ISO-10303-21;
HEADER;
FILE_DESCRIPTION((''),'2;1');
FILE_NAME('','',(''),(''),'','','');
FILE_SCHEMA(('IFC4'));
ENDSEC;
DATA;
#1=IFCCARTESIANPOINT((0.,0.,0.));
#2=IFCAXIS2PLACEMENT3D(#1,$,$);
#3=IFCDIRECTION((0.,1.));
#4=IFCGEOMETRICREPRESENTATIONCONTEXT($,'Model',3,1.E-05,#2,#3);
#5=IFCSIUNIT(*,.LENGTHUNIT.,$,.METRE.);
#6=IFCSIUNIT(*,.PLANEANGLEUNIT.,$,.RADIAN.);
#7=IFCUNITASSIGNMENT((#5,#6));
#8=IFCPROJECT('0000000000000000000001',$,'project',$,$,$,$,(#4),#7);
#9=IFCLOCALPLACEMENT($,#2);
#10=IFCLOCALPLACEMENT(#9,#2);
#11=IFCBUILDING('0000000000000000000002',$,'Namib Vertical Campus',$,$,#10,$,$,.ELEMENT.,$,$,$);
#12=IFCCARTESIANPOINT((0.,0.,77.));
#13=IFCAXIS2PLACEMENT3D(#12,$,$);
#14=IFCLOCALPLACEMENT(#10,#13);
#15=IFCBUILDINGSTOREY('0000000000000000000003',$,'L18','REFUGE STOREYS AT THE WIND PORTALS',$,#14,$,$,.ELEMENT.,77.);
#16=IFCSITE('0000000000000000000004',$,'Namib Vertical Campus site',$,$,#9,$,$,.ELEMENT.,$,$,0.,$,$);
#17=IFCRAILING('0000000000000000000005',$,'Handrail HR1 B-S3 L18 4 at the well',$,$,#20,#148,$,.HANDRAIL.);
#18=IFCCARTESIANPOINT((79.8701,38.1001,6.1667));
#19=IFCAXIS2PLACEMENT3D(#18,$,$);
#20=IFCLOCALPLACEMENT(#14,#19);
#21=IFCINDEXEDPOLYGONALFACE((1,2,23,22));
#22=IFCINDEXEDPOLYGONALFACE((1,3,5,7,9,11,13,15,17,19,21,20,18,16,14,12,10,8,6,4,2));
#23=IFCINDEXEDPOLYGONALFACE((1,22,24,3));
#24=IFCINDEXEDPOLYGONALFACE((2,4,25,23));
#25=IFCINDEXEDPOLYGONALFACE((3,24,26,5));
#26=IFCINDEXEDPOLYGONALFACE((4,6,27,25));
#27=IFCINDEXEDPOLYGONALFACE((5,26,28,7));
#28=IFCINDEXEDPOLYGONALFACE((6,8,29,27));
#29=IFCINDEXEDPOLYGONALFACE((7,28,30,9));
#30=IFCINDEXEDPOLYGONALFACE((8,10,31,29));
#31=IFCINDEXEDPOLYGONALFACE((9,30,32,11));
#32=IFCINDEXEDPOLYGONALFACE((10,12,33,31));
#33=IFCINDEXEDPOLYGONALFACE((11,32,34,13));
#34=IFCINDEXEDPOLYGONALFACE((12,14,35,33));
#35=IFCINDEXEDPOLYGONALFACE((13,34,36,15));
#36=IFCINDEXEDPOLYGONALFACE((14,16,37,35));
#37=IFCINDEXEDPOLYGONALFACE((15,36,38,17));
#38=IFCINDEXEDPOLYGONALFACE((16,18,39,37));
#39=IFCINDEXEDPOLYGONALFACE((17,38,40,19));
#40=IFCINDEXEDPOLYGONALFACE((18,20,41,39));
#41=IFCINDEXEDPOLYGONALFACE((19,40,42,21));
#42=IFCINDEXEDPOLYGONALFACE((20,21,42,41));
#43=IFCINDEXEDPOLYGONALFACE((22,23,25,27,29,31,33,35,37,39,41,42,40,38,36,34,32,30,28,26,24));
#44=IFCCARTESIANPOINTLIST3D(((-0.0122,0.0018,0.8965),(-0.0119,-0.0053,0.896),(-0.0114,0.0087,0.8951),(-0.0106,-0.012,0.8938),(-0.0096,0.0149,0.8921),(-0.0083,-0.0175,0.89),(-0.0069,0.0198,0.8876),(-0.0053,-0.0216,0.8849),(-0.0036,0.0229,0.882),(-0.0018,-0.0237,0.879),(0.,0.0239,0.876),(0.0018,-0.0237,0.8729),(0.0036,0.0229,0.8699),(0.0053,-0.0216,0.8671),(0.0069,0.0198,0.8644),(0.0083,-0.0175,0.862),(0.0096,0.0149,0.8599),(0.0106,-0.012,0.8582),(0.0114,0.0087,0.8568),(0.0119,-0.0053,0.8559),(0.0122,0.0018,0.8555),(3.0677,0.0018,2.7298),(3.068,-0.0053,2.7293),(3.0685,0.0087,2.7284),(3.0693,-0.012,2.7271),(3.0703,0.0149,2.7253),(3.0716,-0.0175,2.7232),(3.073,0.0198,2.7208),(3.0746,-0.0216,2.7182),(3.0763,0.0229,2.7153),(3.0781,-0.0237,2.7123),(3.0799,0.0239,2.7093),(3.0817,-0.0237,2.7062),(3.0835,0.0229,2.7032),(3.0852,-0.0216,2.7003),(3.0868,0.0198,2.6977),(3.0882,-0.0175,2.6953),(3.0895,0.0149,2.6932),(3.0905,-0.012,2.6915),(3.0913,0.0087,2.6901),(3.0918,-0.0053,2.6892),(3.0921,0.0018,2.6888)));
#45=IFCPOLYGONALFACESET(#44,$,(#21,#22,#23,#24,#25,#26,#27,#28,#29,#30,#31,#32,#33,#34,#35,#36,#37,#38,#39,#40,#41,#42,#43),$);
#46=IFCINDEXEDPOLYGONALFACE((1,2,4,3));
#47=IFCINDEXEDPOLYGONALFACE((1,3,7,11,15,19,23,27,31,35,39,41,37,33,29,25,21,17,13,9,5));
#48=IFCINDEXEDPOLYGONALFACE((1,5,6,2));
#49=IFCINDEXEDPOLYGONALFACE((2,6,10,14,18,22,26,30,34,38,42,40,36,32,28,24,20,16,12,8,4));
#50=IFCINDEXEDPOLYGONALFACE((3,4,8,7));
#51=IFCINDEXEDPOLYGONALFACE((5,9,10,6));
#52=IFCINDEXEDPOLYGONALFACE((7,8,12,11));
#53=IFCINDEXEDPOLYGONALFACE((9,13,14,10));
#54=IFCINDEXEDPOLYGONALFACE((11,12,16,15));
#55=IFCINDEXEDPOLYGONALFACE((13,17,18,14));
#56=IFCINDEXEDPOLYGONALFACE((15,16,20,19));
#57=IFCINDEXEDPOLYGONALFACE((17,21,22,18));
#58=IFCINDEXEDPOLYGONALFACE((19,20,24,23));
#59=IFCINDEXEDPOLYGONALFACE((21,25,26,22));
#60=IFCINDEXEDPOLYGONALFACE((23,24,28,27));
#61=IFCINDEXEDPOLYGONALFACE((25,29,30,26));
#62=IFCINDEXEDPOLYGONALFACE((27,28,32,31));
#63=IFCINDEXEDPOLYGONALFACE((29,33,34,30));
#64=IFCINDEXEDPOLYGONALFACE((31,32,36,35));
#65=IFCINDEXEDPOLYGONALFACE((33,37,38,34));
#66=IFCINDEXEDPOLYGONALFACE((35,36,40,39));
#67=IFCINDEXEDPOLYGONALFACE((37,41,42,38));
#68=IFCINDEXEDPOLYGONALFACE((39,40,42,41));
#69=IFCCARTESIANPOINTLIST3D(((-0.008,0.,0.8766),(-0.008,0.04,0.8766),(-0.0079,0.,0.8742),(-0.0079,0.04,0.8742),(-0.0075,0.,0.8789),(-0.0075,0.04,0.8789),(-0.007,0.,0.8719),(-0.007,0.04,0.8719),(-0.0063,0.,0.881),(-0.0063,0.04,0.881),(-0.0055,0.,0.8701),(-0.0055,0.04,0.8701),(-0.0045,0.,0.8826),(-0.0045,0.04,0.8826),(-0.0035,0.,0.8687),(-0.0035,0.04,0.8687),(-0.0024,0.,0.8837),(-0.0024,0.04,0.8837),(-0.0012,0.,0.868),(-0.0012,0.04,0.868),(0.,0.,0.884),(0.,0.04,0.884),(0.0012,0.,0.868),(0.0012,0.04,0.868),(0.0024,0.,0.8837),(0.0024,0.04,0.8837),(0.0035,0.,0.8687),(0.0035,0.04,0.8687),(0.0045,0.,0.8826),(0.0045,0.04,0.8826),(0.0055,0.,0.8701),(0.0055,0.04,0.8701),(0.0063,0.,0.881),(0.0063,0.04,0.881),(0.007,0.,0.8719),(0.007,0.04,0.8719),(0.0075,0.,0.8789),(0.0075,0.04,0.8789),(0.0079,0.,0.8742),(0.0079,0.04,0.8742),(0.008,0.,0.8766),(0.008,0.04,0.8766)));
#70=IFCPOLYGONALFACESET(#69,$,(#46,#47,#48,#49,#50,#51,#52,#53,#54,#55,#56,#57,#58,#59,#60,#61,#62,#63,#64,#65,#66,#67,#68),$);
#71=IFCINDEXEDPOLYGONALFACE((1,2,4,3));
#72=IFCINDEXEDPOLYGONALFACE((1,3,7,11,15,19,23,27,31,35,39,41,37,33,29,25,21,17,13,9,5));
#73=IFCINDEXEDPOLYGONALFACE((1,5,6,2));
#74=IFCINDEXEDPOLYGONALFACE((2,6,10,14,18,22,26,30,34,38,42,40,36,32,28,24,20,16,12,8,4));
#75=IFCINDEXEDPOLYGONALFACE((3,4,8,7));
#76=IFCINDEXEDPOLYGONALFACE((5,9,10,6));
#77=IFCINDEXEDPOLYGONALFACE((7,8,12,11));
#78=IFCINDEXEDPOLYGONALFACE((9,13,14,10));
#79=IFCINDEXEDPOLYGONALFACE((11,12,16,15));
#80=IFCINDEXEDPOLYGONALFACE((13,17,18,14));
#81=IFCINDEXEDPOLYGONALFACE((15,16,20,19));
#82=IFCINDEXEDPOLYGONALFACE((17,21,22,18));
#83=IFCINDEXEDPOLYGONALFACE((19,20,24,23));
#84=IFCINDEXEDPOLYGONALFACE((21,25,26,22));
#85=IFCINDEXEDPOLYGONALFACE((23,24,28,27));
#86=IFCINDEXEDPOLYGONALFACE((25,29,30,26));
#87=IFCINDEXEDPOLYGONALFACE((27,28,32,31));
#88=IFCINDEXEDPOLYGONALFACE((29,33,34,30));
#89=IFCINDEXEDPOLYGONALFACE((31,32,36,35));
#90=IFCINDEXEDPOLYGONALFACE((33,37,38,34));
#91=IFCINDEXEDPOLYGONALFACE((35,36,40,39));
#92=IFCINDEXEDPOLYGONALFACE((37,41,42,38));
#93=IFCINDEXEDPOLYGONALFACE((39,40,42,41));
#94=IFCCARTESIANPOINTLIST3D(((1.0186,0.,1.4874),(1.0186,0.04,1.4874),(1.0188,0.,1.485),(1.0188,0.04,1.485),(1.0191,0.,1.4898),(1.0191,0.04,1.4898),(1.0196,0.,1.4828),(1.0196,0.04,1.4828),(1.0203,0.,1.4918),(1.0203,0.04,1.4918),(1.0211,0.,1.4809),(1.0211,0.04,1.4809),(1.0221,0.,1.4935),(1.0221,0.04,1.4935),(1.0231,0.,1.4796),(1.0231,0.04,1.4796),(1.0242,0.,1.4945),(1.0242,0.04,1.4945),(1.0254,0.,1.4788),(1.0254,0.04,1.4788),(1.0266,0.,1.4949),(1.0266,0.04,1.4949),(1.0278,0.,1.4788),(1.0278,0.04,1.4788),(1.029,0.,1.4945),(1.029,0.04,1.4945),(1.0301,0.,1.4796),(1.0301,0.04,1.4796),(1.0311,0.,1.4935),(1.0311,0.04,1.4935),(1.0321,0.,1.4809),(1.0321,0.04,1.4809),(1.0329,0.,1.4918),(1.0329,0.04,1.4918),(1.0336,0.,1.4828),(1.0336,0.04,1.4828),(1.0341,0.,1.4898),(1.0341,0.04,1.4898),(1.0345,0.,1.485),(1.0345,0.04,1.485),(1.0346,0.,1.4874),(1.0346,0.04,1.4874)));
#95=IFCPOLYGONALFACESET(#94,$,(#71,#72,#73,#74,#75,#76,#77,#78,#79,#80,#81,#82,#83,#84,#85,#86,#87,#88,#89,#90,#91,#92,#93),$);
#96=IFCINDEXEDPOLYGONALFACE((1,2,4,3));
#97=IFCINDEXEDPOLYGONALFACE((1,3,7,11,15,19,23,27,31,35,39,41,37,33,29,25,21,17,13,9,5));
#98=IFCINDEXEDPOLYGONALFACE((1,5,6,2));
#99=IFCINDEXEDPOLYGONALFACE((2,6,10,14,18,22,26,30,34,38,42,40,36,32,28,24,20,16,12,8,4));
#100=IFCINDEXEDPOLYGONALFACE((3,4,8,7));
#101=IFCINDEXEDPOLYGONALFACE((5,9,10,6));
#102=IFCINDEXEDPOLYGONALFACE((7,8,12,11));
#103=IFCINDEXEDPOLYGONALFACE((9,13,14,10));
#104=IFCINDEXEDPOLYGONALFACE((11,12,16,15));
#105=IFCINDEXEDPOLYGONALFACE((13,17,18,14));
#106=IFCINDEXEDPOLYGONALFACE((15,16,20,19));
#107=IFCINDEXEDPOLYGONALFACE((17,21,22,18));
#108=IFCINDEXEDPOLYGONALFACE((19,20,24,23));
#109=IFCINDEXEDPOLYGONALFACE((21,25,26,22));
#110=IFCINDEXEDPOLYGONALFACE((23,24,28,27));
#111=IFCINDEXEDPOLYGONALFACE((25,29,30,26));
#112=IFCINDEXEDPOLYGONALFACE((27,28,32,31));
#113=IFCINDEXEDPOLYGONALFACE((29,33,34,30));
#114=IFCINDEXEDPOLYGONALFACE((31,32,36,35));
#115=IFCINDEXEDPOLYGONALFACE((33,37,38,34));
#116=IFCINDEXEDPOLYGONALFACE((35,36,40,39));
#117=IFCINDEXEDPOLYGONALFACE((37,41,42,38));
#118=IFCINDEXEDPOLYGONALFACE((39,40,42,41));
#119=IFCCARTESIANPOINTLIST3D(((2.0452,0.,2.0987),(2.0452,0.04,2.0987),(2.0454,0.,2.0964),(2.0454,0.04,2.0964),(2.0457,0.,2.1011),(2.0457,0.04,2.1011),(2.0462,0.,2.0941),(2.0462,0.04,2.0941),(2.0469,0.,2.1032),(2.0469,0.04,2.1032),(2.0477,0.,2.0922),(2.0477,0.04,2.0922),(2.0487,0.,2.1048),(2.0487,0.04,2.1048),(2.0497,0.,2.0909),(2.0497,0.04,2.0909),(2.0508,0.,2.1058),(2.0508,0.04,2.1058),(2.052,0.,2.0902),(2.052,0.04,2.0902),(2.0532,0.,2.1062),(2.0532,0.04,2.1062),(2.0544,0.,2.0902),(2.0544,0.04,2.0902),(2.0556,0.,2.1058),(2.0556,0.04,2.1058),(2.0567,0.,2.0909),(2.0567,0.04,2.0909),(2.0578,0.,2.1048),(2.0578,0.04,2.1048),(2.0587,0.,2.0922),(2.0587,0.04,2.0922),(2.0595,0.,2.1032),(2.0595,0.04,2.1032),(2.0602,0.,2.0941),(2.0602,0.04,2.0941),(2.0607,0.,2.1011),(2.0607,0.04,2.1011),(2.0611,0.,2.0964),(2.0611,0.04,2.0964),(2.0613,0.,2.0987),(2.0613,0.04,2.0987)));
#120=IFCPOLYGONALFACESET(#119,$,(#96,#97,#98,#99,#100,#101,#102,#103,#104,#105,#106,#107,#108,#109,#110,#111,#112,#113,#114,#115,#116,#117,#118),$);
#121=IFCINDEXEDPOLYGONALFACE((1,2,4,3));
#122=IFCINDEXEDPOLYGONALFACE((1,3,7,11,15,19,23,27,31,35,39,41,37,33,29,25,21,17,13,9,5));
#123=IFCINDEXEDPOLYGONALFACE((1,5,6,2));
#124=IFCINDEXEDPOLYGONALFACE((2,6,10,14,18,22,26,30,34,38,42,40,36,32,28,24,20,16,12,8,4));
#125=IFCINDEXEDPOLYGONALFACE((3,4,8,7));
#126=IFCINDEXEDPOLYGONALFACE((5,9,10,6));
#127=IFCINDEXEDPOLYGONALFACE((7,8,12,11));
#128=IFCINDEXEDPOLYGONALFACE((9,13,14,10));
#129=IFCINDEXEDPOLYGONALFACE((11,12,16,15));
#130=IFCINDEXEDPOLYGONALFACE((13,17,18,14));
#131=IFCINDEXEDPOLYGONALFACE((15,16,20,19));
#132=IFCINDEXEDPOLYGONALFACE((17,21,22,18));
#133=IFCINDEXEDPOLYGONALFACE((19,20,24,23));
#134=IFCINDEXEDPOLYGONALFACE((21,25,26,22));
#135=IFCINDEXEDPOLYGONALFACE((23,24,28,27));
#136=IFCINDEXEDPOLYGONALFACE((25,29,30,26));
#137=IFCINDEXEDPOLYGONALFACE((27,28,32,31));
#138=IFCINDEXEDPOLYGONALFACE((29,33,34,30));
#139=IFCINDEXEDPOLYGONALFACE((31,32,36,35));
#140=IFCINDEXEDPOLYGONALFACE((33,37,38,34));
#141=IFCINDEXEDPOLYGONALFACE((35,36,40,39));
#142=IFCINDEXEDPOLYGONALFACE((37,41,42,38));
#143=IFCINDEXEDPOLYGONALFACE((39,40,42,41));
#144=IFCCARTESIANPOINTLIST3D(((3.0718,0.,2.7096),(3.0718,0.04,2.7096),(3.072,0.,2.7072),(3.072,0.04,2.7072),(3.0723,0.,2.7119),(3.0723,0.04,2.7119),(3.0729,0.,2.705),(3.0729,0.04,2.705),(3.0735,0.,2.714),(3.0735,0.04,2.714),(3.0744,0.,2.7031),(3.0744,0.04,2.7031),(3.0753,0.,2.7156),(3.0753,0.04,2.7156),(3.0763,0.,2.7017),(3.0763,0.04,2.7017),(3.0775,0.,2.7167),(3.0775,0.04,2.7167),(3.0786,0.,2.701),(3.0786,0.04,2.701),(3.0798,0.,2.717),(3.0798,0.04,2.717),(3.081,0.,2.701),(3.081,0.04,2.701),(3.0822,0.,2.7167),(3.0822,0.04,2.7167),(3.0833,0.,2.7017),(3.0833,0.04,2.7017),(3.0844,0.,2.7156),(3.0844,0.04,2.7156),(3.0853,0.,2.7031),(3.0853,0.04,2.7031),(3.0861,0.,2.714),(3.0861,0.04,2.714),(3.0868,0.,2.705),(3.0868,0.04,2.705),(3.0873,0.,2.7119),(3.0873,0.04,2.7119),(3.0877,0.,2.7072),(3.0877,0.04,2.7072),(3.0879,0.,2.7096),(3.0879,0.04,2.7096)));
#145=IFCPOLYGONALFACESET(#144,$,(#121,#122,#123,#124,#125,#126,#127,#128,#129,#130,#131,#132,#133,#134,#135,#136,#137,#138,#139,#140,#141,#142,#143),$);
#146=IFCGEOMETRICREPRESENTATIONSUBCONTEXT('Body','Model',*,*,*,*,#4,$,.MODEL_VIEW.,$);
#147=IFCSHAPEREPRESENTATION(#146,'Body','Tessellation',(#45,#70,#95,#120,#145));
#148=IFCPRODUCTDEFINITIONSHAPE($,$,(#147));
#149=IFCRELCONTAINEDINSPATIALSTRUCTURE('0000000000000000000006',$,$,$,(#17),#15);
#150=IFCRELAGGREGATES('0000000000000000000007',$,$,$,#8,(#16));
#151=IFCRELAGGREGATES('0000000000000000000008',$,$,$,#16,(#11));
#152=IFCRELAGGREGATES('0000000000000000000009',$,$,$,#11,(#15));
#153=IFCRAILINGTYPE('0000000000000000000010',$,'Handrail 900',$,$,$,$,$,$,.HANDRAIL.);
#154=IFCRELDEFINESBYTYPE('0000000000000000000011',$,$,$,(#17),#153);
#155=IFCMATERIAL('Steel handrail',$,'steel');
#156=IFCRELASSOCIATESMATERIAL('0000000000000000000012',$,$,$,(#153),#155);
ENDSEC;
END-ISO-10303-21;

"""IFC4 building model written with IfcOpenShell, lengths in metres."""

from ifc_helpers import new_model, si_unit, direction, frame, origin, origin_2d, place, context, subcontext, project, spatial, circle, extrude, material, type_object, element, save


model = new_model("IFC4")

# Units and contexts
model_context = context("Model", 3, precision=1e-05, world=origin(), true_north=direction((0.0, 1.0)))
body_context = subcontext(model_context, "Body", "Model", "MODEL_VIEW")
ifc_project = project(units=[si_unit("LENGTHUNIT", "METRE"), si_unit("PLANEANGLEUNIT", "RADIAN")], contexts=[model_context])

# Site, building, storey
site_placement = place(None, origin())
site = spatial("IfcSite", under=ifc_project, at=site_placement, Name="Namib Vertical Campus site", CompositionType="ELEMENT", RefElevation=0.0)
building_placement = place(site_placement, origin())
building = spatial("IfcBuilding", under=site, at=building_placement, Name="Namib Vertical Campus", CompositionType="ELEMENT")
storey_placement = place(building_placement, frame((0.0, 0.0, 77.0)))
storey = spatial("IfcBuildingStorey", under=building, at=storey_placement, Name="L18", Description="REFUGE STOREYS AT THE WIND PORTALS", CompositionType="ELEMENT", Elevation=77.0)

# Railing
ifc_material_1 = material(Name="Steel handrail", Category="steel")
railing_type_1 = type_object("IfcRailingType", Name="Handrail 900", PredefinedType="HANDRAIL", material=ifc_material_1)
railing_1_placement = place(storey_placement, frame((79.8701, 38.1001, 6.1667)))
element("IfcRailing", 1, at=railing_1_placement, inside=storey, type_object=railing_type_1, Name="Handrail HR1 B-S3 L18 4 at the well", PredefinedType="HANDRAIL", context=body_context, shape_type="SweptSolid", body=[
    extrude(circle(Radius=0.0239, at=origin_2d()), frame((0.0, 0.0, 0.876), z_axis=(0.859291, 0.0, 0.511487), x_axis=(0.0, 1.0, 0.0)), (0.0, 0.0, 1.0), 3.5842),
    extrude(circle(Radius=0.0081, at=origin_2d()), frame((0.0, 0.0, 0.876), z_axis=(0.0, 1.0, 0.0), x_axis=(0.0, 0.0, 1.0)), (0.0, 0.0, 1.0), 0.04),
    extrude(circle(Radius=0.0081, at=origin_2d()), frame((1.0266, 0.0, 1.4868), z_axis=(0.0, 1.0, 0.0), x_axis=(0.0, 0.0, 1.0)), (0.0, 0.0, 1.0), 0.04),
    extrude(circle(Radius=0.0081, at=origin_2d()), frame((2.0532, 0.0, 2.0981), z_axis=(0.0, 1.0, 0.0), x_axis=(0.0, 0.0, 1.0)), (0.0, 0.0, 1.0), 0.04),
    extrude(circle(Radius=0.0081, at=origin_2d()), frame((3.0798, 0.0, 2.709), z_axis=(0.0, 1.0, 0.0), x_axis=(0.0, 0.0, 1.0)), (0.0, 0.0, 1.0), 0.04),
])

save(model, "model.ifc")
